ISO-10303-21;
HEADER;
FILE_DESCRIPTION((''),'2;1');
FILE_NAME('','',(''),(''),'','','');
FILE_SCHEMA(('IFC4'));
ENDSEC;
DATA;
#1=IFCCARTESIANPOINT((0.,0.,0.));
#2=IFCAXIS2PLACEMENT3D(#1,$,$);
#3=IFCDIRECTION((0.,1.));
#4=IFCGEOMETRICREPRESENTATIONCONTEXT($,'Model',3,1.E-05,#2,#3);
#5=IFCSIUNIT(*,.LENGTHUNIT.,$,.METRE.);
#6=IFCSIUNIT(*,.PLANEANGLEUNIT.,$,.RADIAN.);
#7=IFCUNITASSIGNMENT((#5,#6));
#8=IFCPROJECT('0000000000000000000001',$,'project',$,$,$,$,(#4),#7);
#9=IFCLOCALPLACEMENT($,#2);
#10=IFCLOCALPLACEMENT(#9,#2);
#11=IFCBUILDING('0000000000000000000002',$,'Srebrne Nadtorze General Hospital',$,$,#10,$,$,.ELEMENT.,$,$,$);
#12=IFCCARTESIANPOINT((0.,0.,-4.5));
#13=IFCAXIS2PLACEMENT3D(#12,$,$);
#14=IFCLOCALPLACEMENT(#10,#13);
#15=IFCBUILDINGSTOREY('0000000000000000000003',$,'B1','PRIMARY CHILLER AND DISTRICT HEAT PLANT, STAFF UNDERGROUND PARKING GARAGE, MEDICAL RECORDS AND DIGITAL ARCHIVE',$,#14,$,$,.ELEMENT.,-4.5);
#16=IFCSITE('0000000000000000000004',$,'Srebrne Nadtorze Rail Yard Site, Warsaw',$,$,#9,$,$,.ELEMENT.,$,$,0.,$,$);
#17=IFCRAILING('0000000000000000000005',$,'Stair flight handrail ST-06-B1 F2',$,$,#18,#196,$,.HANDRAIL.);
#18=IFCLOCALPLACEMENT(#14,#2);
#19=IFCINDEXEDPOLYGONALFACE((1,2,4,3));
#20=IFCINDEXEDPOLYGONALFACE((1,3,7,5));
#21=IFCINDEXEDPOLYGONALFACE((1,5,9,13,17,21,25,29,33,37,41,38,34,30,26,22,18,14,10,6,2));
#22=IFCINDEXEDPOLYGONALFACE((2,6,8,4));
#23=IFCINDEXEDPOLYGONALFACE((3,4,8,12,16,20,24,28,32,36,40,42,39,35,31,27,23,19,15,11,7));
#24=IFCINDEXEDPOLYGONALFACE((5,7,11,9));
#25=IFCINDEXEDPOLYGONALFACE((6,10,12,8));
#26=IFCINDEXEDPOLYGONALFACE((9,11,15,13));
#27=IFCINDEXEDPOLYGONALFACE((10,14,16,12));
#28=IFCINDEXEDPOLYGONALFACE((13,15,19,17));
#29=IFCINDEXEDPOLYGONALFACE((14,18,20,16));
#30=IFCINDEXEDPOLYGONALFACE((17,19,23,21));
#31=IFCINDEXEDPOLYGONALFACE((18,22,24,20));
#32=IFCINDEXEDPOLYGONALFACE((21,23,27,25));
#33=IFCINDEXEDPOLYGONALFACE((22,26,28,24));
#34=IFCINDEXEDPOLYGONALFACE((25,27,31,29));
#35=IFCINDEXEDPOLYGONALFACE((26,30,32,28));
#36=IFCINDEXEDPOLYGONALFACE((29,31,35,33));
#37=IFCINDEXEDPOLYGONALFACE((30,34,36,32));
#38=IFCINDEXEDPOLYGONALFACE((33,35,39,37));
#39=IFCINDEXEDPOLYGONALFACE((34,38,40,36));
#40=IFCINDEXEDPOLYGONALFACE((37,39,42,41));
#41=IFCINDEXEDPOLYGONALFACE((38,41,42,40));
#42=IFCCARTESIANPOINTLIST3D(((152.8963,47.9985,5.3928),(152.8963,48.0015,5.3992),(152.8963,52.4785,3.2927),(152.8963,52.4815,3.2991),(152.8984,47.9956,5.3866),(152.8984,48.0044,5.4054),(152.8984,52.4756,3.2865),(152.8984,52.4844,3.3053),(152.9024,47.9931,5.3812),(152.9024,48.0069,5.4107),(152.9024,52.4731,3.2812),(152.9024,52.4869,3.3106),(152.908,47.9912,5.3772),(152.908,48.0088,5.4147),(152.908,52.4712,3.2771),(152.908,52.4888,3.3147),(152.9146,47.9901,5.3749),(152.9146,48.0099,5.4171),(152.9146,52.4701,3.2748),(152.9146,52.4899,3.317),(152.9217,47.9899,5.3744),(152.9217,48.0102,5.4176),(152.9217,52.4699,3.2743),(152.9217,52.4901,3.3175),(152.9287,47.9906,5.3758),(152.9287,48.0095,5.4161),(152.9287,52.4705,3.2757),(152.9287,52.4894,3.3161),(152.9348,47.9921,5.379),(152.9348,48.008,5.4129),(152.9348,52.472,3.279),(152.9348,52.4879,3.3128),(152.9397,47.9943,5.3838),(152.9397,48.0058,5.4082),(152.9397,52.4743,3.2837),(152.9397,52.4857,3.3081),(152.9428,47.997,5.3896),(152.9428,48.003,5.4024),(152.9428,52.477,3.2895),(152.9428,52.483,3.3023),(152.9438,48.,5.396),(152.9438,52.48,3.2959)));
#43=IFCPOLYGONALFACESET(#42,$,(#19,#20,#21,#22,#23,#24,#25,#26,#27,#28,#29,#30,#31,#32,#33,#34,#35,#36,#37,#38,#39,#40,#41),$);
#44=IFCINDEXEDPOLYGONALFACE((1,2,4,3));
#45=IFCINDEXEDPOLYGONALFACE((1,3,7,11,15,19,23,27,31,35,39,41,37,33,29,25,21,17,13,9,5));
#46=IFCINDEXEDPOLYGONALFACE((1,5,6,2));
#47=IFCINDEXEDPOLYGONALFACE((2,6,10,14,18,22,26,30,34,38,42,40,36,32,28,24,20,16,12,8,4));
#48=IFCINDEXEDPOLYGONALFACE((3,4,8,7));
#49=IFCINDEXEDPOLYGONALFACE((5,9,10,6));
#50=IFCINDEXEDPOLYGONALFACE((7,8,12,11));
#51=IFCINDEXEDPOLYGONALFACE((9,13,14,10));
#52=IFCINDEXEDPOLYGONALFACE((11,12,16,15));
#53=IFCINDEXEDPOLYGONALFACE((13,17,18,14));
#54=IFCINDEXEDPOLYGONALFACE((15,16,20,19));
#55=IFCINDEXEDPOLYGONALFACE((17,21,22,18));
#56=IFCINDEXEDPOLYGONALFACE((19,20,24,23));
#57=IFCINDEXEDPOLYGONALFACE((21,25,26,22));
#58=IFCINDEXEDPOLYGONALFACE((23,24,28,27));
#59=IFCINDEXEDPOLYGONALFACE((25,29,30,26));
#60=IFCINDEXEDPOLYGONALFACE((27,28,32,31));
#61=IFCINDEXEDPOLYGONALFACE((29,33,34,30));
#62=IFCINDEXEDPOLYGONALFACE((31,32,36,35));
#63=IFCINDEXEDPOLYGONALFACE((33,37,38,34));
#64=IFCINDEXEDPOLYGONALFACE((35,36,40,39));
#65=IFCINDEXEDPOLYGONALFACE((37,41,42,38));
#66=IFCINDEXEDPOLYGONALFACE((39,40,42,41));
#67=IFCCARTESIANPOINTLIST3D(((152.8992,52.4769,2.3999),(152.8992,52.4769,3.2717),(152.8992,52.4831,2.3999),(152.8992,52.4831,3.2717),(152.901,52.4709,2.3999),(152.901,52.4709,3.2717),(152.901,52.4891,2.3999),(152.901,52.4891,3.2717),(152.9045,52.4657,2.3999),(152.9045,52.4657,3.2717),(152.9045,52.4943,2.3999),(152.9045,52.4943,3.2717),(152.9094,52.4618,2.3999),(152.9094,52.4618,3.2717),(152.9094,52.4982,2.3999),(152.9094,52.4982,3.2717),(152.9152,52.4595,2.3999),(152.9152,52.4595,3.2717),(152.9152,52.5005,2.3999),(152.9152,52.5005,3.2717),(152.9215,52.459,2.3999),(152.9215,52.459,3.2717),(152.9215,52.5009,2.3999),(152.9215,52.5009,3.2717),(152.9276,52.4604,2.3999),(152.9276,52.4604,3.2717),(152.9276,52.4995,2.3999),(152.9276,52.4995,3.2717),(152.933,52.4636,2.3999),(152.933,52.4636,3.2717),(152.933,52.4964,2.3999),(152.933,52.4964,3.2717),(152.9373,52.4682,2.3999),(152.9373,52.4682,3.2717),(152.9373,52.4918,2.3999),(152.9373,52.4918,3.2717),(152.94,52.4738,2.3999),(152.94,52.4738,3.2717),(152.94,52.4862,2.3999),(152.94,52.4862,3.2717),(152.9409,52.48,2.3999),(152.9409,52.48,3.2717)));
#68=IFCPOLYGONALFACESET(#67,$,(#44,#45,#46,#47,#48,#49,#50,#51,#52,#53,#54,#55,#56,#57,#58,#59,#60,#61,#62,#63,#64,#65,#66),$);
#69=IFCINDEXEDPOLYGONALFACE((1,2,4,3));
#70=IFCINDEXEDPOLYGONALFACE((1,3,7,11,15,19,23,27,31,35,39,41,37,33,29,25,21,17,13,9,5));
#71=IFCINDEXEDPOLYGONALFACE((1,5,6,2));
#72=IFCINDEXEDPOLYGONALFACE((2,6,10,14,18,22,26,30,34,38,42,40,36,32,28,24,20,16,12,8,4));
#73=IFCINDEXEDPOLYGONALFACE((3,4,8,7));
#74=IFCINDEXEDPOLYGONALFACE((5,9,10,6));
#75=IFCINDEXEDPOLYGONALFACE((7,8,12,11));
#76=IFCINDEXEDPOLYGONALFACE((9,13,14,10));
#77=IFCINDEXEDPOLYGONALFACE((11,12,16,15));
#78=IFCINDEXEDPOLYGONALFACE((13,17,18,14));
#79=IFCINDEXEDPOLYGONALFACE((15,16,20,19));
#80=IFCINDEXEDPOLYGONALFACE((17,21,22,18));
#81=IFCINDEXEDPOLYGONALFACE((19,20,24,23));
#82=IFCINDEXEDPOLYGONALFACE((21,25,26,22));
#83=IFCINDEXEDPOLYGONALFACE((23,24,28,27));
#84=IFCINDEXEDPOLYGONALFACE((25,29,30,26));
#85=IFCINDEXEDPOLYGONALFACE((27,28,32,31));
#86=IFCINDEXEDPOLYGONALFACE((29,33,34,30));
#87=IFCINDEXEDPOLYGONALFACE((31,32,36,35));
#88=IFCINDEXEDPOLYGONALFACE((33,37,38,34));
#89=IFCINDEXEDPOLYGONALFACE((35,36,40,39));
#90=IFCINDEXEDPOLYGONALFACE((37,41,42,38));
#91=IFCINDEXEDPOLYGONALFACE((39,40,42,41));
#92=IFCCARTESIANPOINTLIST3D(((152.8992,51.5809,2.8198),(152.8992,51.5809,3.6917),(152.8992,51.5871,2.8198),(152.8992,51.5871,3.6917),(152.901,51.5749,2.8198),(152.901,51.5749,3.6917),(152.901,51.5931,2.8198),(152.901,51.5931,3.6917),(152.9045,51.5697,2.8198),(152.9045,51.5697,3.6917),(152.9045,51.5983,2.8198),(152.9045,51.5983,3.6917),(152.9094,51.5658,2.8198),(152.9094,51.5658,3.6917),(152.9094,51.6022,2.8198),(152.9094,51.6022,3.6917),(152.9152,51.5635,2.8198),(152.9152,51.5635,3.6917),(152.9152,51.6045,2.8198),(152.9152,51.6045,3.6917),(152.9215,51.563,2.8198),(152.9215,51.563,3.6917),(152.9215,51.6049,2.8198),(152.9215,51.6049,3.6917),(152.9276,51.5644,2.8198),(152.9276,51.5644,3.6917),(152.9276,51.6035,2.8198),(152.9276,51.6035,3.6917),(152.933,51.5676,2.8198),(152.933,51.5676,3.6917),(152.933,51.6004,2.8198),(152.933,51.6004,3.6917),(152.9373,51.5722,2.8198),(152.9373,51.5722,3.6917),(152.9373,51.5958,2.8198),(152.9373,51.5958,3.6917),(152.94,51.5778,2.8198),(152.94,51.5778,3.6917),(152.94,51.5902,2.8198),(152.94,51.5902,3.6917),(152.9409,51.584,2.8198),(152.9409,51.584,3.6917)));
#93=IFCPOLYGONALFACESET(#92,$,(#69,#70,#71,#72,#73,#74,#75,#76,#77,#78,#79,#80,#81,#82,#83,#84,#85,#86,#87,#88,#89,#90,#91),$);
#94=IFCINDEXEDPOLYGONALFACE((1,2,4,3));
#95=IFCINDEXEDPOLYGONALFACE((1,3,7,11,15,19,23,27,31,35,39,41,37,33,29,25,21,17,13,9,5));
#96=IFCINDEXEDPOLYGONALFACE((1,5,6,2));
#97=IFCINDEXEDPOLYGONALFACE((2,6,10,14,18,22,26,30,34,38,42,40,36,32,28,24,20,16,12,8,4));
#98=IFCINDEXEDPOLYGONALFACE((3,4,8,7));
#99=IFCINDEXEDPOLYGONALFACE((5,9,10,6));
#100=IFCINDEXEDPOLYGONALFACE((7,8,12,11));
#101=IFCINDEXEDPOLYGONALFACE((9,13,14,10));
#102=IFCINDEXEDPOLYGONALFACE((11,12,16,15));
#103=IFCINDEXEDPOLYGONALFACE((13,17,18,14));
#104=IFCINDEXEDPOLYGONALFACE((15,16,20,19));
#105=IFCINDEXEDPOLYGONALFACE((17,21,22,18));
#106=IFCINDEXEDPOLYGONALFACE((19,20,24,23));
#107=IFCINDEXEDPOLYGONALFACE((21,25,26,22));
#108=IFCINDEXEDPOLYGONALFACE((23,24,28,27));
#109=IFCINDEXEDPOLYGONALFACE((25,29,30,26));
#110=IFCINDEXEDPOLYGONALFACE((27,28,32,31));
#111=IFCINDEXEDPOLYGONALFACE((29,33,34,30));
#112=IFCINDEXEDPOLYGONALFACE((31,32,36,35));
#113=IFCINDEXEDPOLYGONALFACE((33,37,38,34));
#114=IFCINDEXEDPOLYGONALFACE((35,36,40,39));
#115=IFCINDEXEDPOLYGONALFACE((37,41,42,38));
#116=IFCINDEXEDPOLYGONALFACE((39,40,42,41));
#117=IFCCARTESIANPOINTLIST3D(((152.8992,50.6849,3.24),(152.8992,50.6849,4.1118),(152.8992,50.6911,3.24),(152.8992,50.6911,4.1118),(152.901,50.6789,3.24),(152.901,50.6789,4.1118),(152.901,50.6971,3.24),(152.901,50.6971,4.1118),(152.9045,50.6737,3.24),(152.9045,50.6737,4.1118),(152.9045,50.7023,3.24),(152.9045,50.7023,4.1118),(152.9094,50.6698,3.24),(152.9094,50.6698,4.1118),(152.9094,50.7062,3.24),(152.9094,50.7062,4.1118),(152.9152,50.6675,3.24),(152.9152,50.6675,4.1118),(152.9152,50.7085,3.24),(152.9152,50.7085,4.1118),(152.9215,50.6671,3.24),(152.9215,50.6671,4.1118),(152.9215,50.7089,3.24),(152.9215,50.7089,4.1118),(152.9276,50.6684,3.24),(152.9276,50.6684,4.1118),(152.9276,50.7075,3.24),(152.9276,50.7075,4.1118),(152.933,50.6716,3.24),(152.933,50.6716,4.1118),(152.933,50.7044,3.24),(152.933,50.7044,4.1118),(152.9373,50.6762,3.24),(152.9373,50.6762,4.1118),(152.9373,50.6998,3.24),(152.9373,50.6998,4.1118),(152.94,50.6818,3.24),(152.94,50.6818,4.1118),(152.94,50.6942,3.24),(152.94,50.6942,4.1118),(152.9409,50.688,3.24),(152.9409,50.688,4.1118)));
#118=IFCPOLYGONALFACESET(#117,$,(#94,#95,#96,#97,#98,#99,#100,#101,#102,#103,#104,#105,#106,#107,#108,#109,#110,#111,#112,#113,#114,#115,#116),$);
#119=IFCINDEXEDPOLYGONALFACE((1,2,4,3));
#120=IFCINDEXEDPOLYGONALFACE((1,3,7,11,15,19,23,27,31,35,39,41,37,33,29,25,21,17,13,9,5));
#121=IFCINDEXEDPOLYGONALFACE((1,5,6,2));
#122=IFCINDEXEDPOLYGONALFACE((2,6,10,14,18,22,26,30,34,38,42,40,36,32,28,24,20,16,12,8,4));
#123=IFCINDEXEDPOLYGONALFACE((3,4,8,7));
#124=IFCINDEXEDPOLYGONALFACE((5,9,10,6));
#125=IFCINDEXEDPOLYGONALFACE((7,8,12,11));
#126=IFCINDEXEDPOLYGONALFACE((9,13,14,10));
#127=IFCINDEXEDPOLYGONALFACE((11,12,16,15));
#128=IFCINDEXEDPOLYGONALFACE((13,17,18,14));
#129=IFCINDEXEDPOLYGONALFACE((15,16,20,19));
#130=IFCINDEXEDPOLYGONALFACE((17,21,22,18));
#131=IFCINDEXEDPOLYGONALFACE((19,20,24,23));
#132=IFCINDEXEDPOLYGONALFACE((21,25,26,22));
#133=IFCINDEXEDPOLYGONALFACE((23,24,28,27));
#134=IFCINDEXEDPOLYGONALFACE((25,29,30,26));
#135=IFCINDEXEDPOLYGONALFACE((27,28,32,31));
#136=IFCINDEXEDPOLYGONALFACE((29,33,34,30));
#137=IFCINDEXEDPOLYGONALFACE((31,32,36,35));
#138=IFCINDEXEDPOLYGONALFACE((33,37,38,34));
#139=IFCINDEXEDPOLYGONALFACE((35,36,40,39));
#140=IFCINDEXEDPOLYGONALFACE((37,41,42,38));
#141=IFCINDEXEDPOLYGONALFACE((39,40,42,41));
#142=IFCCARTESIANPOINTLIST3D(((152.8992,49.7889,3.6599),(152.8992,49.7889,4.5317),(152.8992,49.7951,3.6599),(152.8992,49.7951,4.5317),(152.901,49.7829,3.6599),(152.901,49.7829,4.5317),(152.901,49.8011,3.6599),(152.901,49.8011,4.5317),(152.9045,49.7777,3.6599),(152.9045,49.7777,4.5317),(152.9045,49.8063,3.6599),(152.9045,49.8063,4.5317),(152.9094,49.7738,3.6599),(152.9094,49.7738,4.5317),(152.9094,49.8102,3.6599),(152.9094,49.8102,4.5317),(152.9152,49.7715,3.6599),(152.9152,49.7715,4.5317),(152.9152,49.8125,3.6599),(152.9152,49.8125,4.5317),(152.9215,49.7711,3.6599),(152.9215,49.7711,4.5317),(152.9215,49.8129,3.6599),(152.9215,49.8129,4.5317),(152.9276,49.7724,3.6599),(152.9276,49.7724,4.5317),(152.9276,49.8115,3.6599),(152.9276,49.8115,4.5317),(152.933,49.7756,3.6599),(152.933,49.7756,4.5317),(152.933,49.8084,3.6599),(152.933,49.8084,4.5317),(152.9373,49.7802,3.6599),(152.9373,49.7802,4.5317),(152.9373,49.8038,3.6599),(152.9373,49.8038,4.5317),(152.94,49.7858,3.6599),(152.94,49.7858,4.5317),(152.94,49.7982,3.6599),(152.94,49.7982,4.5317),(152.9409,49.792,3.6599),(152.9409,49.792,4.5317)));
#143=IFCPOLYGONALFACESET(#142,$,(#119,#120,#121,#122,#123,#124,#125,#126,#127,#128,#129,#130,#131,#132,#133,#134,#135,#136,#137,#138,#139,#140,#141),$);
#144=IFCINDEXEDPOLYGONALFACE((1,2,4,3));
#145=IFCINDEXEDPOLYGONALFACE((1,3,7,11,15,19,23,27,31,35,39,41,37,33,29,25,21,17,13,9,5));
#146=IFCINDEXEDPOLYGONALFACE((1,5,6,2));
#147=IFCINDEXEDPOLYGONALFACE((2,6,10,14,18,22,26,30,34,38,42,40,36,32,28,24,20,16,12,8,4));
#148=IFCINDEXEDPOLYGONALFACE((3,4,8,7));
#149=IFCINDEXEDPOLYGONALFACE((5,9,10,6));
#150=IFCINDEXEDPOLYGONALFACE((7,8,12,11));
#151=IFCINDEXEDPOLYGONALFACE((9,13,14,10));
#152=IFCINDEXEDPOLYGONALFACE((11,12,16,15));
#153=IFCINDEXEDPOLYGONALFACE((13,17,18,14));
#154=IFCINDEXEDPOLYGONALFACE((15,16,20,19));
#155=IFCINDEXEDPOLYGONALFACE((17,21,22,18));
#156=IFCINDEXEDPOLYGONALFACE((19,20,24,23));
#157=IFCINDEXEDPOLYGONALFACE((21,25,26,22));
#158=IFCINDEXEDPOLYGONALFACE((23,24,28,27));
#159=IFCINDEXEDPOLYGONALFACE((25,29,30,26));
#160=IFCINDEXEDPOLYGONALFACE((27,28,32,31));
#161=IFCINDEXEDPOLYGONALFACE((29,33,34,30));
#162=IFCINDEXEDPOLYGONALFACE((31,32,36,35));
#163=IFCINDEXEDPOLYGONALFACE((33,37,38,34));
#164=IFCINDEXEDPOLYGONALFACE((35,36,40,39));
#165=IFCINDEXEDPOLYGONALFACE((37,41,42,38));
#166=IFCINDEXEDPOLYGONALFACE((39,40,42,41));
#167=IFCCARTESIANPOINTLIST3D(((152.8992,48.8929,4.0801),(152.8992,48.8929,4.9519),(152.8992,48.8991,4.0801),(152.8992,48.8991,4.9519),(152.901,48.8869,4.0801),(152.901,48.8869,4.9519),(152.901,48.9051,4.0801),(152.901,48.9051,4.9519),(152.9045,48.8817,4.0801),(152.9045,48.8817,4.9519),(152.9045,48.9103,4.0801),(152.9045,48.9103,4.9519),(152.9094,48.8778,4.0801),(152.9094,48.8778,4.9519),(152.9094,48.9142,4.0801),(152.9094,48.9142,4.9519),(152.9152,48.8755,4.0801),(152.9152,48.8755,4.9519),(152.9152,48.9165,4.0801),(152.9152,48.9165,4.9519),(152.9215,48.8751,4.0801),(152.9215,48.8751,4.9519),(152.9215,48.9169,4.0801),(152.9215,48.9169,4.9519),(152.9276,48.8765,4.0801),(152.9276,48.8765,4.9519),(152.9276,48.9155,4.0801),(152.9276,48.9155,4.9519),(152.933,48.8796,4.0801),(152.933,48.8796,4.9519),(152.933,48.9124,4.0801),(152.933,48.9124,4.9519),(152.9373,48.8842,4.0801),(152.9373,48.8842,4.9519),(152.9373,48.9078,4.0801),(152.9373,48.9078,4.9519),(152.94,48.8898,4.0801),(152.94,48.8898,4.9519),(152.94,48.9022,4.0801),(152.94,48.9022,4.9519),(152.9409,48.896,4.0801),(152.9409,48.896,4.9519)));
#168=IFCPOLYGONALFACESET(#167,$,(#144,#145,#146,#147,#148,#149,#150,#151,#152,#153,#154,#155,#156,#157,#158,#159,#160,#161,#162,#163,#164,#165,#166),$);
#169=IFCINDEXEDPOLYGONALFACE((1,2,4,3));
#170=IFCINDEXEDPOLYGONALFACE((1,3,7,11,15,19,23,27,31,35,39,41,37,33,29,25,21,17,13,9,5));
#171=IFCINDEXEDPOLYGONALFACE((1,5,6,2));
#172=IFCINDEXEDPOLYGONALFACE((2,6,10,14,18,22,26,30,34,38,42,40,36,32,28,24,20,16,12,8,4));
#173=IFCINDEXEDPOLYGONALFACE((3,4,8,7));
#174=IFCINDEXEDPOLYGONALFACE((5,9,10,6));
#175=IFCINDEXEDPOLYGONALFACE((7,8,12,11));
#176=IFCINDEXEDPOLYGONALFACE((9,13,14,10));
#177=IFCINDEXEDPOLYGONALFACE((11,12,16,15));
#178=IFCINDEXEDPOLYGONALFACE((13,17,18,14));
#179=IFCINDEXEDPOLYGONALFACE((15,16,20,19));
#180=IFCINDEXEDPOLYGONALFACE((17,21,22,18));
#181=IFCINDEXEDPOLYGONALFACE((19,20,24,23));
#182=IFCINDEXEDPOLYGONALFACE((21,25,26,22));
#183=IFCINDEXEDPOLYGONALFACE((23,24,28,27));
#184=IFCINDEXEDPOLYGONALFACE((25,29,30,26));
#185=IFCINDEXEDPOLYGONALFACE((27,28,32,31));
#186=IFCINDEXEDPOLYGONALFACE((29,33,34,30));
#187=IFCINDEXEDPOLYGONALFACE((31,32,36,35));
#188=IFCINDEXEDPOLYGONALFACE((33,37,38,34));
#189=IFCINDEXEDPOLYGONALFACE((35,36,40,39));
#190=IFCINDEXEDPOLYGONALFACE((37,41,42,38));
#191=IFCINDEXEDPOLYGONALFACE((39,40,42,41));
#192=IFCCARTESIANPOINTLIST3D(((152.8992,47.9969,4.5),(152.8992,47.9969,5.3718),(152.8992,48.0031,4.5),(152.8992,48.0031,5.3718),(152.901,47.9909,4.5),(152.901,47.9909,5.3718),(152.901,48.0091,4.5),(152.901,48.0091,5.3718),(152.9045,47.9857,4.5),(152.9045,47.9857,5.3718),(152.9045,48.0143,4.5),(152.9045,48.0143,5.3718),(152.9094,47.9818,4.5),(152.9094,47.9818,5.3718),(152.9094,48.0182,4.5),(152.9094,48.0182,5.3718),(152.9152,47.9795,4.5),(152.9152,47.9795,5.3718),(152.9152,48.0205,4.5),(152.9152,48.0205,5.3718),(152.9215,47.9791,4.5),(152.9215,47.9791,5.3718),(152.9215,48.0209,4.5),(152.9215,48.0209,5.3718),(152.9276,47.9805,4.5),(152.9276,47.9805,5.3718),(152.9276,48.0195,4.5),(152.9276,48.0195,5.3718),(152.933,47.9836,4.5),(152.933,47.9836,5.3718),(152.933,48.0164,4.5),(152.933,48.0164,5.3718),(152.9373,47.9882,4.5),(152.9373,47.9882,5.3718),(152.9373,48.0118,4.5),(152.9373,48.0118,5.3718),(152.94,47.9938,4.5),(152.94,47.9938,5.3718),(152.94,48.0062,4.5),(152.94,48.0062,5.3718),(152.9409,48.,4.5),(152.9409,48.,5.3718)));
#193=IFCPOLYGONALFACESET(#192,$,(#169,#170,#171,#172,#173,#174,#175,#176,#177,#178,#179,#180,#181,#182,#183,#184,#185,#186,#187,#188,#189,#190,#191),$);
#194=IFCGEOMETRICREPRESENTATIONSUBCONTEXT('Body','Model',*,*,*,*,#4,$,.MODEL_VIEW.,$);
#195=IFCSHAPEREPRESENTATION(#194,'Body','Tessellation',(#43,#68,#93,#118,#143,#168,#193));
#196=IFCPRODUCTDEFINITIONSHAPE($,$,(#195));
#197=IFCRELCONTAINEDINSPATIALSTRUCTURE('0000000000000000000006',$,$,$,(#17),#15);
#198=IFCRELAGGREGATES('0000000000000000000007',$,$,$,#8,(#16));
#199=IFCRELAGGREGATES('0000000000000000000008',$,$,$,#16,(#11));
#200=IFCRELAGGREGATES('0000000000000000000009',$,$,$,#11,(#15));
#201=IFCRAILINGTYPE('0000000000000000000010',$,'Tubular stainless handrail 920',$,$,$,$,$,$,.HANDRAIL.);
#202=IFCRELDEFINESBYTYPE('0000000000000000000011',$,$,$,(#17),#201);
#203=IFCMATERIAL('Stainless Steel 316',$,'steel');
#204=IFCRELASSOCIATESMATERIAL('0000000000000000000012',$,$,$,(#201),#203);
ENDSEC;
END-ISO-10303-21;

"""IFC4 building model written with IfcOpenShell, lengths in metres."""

from ifc_helpers import new_model, si_unit, direction, frame, origin, origin_2d, place, context, subcontext, project, spatial, circle, extrude, material, type_object, element, save


model = new_model("IFC4")

# Units and contexts
model_context = context("Model", 3, precision=1e-05, world=origin(), true_north=direction((0.0, 1.0)))
body_context = subcontext(model_context, "Body", "Model", "MODEL_VIEW")
ifc_project = project(units=[si_unit("LENGTHUNIT", "METRE"), si_unit("PLANEANGLEUNIT", "RADIAN")], contexts=[model_context])

# Site, building, storey
site_placement = place(None, origin())
site = spatial("IfcSite", under=ifc_project, at=site_placement, Name="Srebrne Nadtorze Rail Yard Site, Warsaw", CompositionType="ELEMENT", RefElevation=0.0)
building_placement = place(site_placement, origin())
building = spatial("IfcBuilding", under=site, at=building_placement, Name="Srebrne Nadtorze General Hospital", CompositionType="ELEMENT")
storey_placement = place(building_placement, frame((0.0, 0.0, -4.5)))
storey = spatial("IfcBuildingStorey", under=building, at=storey_placement, Name="B1", Description="PRIMARY CHILLER AND DISTRICT HEAT PLANT, STAFF UNDERGROUND PARKING GARAGE, MEDICAL RECORDS AND DIGITAL ARCHIVE", CompositionType="ELEMENT", Elevation=-4.5)

# Railing
ifc_material_1 = material(Name="Stainless Steel 316", Category="steel")
railing_type_1 = type_object("IfcRailingType", Name="Tubular stainless handrail 920", PredefinedType="HANDRAIL", material=ifc_material_1)
railing_1_placement = place(storey_placement, frame((152.9199, 52.48, 2.3999)))
element("IfcRailing", 1, at=railing_1_placement, inside=storey, type_object=railing_type_1, Name="Stair flight handrail ST-06-B1 F2", PredefinedType="HANDRAIL", context=body_context, shape_type="SweptSolid", body=[
    extrude(circle(Radius=0.0239, at=origin_2d()), frame((0.0, 0.0, 0.896), z_axis=(0.0, -0.905451, 0.424452), x_axis=(1.0, 0.0, 0.0)), (0.0, 0.0, 1.0), 4.9478),
    extrude(circle(Radius=0.021, at=origin_2d()), origin(), (0.0, 0.0, 1.0), 0.8718),
    extrude(circle(Radius=0.021, at=origin_2d()), frame((0.0, -0.896, 0.4199)), (0.0, 0.0, 1.0), 0.8718),
    extrude(circle(Radius=0.021, at=origin_2d()), frame((0.0, -1.792, 0.8401)), (0.0, 0.0, 1.0), 0.8718),
    extrude(circle(Radius=0.021, at=origin_2d()), frame((0.0, -2.688, 1.26)), (0.0, 0.0, 1.0), 0.8718),
    extrude(circle(Radius=0.021, at=origin_2d()), frame((0.0, -3.584, 1.6802)), (0.0, 0.0, 1.0), 0.8718),
    extrude(circle(Radius=0.021, at=origin_2d()), frame((0.0, -4.48, 2.1001)), (0.0, 0.0, 1.0), 0.8718),
])

save(model, "model.ifc")
